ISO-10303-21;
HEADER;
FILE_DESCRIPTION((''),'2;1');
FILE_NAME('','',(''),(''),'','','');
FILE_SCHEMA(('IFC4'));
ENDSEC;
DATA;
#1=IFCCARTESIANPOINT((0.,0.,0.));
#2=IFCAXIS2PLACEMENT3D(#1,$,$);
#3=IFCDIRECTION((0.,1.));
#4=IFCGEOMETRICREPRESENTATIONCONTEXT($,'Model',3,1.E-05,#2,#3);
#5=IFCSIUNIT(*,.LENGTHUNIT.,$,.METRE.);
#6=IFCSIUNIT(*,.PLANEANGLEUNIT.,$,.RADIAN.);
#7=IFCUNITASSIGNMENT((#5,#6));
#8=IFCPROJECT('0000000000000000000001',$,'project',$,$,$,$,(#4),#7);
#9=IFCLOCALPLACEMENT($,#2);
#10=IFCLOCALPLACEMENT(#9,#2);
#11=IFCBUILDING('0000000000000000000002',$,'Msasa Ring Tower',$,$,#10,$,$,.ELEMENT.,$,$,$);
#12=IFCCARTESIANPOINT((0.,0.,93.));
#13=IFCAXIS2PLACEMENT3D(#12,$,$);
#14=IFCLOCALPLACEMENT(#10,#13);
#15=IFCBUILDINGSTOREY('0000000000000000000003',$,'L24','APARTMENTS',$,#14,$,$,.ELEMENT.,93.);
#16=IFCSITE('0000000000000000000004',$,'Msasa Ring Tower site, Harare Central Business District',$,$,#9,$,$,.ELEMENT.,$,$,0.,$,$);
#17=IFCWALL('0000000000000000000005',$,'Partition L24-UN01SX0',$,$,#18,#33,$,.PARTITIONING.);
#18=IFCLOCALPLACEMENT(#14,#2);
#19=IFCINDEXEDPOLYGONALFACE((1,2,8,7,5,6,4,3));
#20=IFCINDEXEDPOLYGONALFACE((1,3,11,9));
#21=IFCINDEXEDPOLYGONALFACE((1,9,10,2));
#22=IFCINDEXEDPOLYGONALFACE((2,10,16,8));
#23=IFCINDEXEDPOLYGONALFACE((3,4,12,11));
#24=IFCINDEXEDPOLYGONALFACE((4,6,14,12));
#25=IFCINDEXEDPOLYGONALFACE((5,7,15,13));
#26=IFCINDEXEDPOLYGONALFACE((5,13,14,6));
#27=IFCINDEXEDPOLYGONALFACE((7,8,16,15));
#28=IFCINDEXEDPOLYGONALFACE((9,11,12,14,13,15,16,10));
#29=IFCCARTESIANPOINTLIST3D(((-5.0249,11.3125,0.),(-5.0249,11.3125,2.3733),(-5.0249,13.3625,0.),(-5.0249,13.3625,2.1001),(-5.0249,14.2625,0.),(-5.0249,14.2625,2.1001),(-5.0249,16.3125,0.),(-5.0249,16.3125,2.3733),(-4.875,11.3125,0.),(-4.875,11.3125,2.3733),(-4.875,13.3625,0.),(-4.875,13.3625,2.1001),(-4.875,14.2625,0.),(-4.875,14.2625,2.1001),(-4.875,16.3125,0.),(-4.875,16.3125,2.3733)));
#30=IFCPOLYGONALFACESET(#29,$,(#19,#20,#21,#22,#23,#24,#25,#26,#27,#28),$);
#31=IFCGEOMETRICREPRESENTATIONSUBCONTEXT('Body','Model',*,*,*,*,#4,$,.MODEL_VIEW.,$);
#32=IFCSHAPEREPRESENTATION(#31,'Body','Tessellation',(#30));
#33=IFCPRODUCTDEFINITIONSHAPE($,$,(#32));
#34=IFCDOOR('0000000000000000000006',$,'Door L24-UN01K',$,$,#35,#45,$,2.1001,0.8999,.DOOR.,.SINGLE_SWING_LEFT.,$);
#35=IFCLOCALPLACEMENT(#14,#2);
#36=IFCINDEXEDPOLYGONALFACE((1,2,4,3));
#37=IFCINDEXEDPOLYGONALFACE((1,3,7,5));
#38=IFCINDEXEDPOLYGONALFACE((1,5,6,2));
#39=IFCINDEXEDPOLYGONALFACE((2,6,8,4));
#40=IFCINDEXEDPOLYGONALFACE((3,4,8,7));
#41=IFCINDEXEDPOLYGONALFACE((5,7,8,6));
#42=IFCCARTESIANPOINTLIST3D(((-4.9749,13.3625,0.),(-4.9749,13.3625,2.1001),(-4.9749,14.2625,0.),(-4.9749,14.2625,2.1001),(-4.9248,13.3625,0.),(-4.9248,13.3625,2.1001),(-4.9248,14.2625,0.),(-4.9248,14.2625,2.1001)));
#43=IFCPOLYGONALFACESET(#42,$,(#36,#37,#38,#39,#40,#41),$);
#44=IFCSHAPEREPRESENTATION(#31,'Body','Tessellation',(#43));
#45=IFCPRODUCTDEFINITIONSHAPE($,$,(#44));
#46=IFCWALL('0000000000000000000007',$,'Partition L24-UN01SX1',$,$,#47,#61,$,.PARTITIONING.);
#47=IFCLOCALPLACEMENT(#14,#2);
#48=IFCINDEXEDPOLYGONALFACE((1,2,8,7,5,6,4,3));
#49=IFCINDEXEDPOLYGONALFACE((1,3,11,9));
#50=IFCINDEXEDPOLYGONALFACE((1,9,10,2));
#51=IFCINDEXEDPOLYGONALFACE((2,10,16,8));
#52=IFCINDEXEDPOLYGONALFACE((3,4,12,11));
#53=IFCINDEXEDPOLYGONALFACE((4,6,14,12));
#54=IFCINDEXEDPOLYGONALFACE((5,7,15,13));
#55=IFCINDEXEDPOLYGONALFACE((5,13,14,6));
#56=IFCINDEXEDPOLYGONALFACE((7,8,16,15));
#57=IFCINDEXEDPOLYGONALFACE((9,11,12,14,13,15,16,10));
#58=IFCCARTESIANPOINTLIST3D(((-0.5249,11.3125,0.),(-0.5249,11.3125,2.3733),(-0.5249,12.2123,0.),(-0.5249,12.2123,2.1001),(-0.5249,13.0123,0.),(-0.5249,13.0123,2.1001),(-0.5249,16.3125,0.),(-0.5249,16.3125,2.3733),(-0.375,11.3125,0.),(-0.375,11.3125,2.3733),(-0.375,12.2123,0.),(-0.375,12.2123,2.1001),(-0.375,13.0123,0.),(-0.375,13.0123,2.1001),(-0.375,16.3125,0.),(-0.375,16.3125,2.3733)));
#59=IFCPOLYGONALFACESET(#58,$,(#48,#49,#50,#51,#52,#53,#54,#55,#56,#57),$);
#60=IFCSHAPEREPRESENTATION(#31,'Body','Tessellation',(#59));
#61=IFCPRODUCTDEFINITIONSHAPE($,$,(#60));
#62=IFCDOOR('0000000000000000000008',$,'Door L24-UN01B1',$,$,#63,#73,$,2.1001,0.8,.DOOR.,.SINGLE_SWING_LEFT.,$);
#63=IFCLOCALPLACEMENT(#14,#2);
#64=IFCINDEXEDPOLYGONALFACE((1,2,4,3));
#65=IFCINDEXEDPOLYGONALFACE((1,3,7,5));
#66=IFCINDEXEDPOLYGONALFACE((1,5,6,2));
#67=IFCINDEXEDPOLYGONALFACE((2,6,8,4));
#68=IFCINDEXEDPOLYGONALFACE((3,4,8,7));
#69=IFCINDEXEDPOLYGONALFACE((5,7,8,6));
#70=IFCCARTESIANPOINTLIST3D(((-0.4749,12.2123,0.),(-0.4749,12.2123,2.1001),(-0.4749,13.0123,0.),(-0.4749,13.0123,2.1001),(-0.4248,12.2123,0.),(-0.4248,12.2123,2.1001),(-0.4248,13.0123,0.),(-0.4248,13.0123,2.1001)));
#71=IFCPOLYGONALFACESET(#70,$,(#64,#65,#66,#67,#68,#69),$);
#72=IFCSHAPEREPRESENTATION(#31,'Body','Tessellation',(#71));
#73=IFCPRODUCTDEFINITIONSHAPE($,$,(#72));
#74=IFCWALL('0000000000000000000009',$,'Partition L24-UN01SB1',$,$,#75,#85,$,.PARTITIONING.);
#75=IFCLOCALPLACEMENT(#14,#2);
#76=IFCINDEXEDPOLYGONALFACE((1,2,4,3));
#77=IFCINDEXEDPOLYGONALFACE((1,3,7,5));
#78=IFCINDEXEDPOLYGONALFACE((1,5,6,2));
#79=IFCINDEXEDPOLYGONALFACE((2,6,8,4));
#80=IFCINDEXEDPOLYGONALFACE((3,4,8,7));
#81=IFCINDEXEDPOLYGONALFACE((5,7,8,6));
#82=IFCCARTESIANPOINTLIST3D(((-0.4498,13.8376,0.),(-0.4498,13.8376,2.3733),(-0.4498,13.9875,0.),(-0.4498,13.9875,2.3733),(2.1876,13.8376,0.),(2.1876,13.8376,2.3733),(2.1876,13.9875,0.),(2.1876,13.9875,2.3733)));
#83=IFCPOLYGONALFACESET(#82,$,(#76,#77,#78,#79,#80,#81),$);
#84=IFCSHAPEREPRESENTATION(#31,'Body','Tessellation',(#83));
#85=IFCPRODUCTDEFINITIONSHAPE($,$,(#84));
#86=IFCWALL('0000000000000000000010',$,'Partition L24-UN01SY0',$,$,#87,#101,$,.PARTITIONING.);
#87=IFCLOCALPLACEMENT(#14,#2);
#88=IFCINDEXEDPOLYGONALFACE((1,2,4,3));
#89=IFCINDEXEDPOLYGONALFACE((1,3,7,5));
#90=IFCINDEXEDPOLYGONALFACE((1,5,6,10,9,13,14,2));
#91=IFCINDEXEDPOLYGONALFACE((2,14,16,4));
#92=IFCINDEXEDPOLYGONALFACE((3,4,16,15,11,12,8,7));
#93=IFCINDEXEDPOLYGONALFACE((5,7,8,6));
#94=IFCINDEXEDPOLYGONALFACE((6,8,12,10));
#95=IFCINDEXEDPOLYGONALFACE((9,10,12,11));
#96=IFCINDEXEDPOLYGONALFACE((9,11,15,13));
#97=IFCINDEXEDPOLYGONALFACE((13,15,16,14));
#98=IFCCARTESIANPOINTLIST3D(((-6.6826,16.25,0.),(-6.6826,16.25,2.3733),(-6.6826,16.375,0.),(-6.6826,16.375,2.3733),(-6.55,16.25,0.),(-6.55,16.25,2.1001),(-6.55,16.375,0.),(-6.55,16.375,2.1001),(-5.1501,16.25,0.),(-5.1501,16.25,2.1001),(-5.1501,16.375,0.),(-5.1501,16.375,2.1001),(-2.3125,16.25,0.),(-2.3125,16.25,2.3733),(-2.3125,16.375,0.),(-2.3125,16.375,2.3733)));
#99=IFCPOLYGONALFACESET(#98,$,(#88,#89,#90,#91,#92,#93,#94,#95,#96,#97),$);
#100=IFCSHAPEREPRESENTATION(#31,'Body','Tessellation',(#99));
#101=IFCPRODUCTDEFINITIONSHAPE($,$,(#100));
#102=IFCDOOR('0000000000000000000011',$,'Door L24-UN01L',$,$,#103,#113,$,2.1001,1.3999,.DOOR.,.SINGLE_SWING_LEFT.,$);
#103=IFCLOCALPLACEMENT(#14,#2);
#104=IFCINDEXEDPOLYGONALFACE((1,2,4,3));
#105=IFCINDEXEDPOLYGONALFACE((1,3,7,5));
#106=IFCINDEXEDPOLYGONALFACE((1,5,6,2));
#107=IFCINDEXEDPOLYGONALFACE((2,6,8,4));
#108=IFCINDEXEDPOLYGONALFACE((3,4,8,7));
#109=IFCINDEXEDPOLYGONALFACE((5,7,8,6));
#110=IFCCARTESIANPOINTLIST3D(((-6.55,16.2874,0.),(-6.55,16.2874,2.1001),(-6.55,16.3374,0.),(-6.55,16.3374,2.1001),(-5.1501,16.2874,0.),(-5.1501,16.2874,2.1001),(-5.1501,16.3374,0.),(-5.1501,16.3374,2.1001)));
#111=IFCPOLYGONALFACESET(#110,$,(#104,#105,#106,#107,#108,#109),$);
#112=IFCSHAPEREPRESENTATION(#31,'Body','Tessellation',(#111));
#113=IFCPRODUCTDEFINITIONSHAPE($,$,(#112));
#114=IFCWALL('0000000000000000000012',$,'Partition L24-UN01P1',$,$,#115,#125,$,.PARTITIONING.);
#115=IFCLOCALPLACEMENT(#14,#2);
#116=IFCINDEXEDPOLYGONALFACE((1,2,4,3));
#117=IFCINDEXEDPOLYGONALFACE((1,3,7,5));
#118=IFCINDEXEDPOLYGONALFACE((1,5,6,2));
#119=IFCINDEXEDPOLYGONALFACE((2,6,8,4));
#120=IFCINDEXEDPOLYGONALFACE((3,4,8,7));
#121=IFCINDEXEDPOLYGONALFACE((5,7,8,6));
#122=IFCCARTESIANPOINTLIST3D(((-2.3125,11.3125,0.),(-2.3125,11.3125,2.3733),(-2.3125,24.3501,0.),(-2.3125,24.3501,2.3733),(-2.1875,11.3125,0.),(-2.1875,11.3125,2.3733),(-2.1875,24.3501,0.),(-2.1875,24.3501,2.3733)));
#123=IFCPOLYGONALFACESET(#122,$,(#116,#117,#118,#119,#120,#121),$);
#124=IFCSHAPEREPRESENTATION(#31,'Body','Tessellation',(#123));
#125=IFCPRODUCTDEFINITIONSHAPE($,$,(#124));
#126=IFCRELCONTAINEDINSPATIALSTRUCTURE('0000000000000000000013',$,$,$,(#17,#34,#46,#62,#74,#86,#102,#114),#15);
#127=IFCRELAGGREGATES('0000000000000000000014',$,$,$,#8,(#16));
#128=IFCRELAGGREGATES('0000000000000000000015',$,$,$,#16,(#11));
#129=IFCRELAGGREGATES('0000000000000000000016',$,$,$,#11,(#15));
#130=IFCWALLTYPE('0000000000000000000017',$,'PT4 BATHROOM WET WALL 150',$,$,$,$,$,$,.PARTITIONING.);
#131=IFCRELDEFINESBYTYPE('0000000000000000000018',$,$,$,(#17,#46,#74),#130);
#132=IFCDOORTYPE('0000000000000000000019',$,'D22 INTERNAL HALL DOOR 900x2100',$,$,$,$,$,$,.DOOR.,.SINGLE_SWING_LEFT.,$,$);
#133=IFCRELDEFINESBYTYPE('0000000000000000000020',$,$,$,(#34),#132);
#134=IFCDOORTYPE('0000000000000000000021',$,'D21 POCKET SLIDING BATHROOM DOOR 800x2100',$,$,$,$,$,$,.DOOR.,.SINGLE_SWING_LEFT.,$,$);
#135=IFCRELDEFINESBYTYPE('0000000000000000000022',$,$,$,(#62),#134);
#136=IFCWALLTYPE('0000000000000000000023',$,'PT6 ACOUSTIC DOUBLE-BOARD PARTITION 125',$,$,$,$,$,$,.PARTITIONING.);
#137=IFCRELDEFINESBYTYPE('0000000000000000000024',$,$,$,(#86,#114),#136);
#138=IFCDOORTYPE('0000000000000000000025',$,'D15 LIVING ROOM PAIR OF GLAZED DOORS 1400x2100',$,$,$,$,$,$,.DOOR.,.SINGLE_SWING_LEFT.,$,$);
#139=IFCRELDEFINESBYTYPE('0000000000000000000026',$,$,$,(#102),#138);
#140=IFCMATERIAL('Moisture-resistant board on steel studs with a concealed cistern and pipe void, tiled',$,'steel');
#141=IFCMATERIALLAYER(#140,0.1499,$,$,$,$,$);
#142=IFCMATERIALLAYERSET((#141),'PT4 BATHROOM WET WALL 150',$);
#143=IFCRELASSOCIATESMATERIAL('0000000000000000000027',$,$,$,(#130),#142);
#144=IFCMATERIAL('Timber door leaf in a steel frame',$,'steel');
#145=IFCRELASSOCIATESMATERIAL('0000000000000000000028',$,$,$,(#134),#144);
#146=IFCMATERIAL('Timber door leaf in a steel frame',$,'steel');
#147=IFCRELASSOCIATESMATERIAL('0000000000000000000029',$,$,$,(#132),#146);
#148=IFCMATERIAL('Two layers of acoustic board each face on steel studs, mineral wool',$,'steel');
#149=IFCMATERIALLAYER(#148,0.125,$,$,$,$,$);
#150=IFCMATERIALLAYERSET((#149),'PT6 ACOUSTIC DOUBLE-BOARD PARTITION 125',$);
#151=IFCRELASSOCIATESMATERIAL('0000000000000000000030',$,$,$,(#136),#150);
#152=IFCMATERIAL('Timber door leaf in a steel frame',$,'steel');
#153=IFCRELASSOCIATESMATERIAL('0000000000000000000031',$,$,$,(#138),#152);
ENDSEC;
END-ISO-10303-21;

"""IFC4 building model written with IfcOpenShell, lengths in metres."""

from ifc_helpers import new_model, si_unit, direction, frame, frame_2d, origin, place, context, subcontext, project, spatial, rectangle, extrude, material, layer, layer_set, type_object, element, fill, save


model = new_model("IFC4")

# Units and contexts
model_context = context("Model", 3, precision=1e-05, world=origin(), true_north=direction((0.0, 1.0)))
body_context = subcontext(model_context, "Body", "Model", "MODEL_VIEW")
ifc_project = project(units=[si_unit("LENGTHUNIT", "METRE"), si_unit("PLANEANGLEUNIT", "RADIAN")], contexts=[model_context])

# Site, building, storey
site_placement = place(None, origin())
site = spatial("IfcSite", under=ifc_project, at=site_placement, Name="Msasa Ring Tower site, Harare Central Business District", CompositionType="ELEMENT", RefElevation=0.0)
building_placement = place(site_placement, origin())
building = spatial("IfcBuilding", under=site, at=building_placement, Name="Msasa Ring Tower", CompositionType="ELEMENT")
storey_placement = place(building_placement, frame((0.0, 0.0, 93.0)))
storey = spatial("IfcBuildingStorey", under=building, at=storey_placement, Name="L24", Description="APARTMENTS", CompositionType="ELEMENT", Elevation=93.0)

# Shared definitions
ifc_material_1 = material(Name="Moisture-resistant board on steel studs with a concealed cistern and pipe void, tiled", Category="steel")
ifc_layer_1 = layer(ifc_material_1, 0.1499)
ifc_layer_set_1 = layer_set([ifc_layer_1], Name="PT4 BATHROOM WET WALL 150")
wall_type_1 = type_object("IfcWallType", Name="PT4 BATHROOM WET WALL 150", PredefinedType="PARTITIONING", material=ifc_layer_set_1)
ifc_material_2 = material(Name="Timber door leaf in a steel frame", Category="steel")
door_type_1 = type_object("IfcDoorType", Name="D21 POCKET SLIDING BATHROOM DOOR 800x2100", OperationType="SINGLE_SWING_LEFT", PredefinedType="DOOR", material=ifc_material_2)

# Walls, openings, doors
wall_1_placement = place(storey_placement, frame((-4.95, 11.3125, 0.0), z_axis=(0.0, 0.0, 1.0), x_axis=(0.0, 1.0, 0.0)))
wall_1 = element("IfcWall", 1, at=wall_1_placement, inside=storey, type_object=wall_type_1, Name="Partition L24-UN01SX0", PredefinedType="PARTITIONING", context=body_context, shape_type="SweptSolid", body=[
    extrude(rectangle(XDim=5.0, YDim=0.1499, at=frame_2d((2.5, 0.0))), origin(), (0.0, 0.0, 1.0), 2.3733),
])
opening_1_placement = place(wall_1_placement, frame((2.05, 0.0, 0.0)))
opening_1 = element("IfcOpeningElement", 2, at=opening_1_placement, cuts=wall_1, PredefinedType="OPENING", context=body_context, shape_type="SweptSolid", body=[
    extrude(rectangle(XDim=0.8999, YDim=2.1001, at=frame_2d((0.45, 1.05))), frame((0.0, 0.085, 0.0), z_axis=(0.0, -1.0, 0.0), x_axis=(1.0, 0.0, 0.0)), (0.0, 0.0, 1.0), 0.1699),
])
ifc_material_3 = material(Name="Timber door leaf in a steel frame", Category="steel")
door_type_2 = type_object("IfcDoorType", Name="D22 INTERNAL HALL DOOR 900x2100", OperationType="SINGLE_SWING_LEFT", PredefinedType="DOOR", material=ifc_material_3)
door_1_placement = place(opening_1_placement, origin())
door_1 = element("IfcDoor", 3, at=door_1_placement, inside=storey, type_object=door_type_2, Name="Door L24-UN01K", OperationType="SINGLE_SWING_LEFT", OverallHeight=2.1001, OverallWidth=0.8999, PredefinedType="DOOR", context=body_context, shape_type="SweptSolid", body=[
    extrude(rectangle(XDim=0.8999, YDim=2.1001, at=frame_2d((0.45, 1.05))), frame((0.0, 0.0249, 0.0), z_axis=(0.0, -1.0, 0.0), x_axis=(1.0, 0.0, 0.0)), (0.0, 0.0, 1.0), 0.05),
])
fill(opening_1, door_1)
wall_2_placement = place(storey_placement, frame((-0.45, 11.3125, 0.0), z_axis=(0.0, 0.0, 1.0), x_axis=(0.0, 1.0, 0.0)))
wall_2 = element("IfcWall", 4, at=wall_2_placement, inside=storey, type_object=wall_type_1, Name="Partition L24-UN01SX1", PredefinedType="PARTITIONING", context=body_context, shape_type="SweptSolid", body=[
    extrude(rectangle(XDim=5.0, YDim=0.1499, at=frame_2d((2.5, 0.0))), origin(), (0.0, 0.0, 1.0), 2.3733),
])
opening_2_placement = place(wall_2_placement, frame((0.8999, 0.0, 0.0)))
opening_2 = element("IfcOpeningElement", 5, at=opening_2_placement, cuts=wall_2, PredefinedType="OPENING", context=body_context, shape_type="SweptSolid", body=[
    extrude(rectangle(XDim=0.8, YDim=2.1001, at=frame_2d((0.3999, 1.05))), frame((0.0, 0.085, 0.0), z_axis=(0.0, -1.0, 0.0), x_axis=(1.0, 0.0, 0.0)), (0.0, 0.0, 1.0), 0.1699),
])
door_2_placement = place(opening_2_placement, origin())
door_2 = element("IfcDoor", 6, at=door_2_placement, inside=storey, type_object=door_type_1, Name="Door L24-UN01B1", OperationType="SINGLE_SWING_LEFT", OverallHeight=2.1001, OverallWidth=0.8, PredefinedType="DOOR", context=body_context, shape_type="SweptSolid", body=[
    extrude(rectangle(XDim=0.8, YDim=2.1001, at=frame_2d((0.3999, 1.05))), frame((0.0, 0.0249, 0.0), z_axis=(0.0, -1.0, 0.0), x_axis=(1.0, 0.0, 0.0)), (0.0, 0.0, 1.0), 0.05),
])
fill(opening_2, door_2)

# Wall
wall_3_placement = place(storey_placement, frame((-0.45, 13.9126, 0.0), z_axis=(0.0, 0.0, 1.0), x_axis=(1.0, 0.0, 0.0)))
element("IfcWall", 7, at=wall_3_placement, inside=storey, type_object=wall_type_1, Name="Partition L24-UN01SB1", PredefinedType="PARTITIONING", context=body_context, shape_type="SweptSolid", body=[
    extrude(rectangle(XDim=2.6375, YDim=0.1499, at=frame_2d((1.3188, 0.0))), origin(), (0.0, 0.0, 1.0), 2.3733),
])

# Wall, opening, door
ifc_material_4 = material(Name="Two layers of acoustic board each face on steel studs, mineral wool", Category="steel")
ifc_layer_2 = layer(ifc_material_4, 0.125)
ifc_layer_set_2 = layer_set([ifc_layer_2], Name="PT6 ACOUSTIC DOUBLE-BOARD PARTITION 125")
wall_type_2 = type_object("IfcWallType", Name="PT6 ACOUSTIC DOUBLE-BOARD PARTITION 125", PredefinedType="PARTITIONING", material=ifc_layer_set_2)
wall_4_placement = place(storey_placement, frame((-6.6826, 16.3125, 0.0), z_axis=(0.0, 0.0, 1.0), x_axis=(1.0, 0.0, 0.0)))
wall_4 = element("IfcWall", 8, at=wall_4_placement, inside=storey, type_object=wall_type_2, Name="Partition L24-UN01SY0", PredefinedType="PARTITIONING", context=body_context, shape_type="SweptSolid", body=[
    extrude(rectangle(XDim=4.3701, YDim=0.125, at=frame_2d((2.1851, 0.0))), origin(), (0.0, 0.0, 1.0), 2.3733),
])
opening_3_placement = place(wall_4_placement, frame((0.1326, 0.0, 0.0)))
opening_3 = element("IfcOpeningElement", 9, at=opening_3_placement, cuts=wall_4, PredefinedType="OPENING", context=body_context, shape_type="SweptSolid", body=[
    extrude(rectangle(XDim=1.3999, YDim=2.1001, at=frame_2d((0.7, 1.05))), frame((0.0, 0.0725, 0.0), z_axis=(0.0, -1.0, 0.0), x_axis=(1.0, 0.0, 0.0)), (0.0, 0.0, 1.0), 0.145),
])
ifc_material_5 = material(Name="Timber door leaf in a steel frame", Category="steel")
door_type_3 = type_object("IfcDoorType", Name="D15 LIVING ROOM PAIR OF GLAZED DOORS 1400x2100", OperationType="SINGLE_SWING_LEFT", PredefinedType="DOOR", material=ifc_material_5)
door_3_placement = place(opening_3_placement, origin())
door_3 = element("IfcDoor", 10, at=door_3_placement, inside=storey, type_object=door_type_3, Name="Door L24-UN01L", OperationType="SINGLE_SWING_LEFT", OverallHeight=2.1001, OverallWidth=1.3999, PredefinedType="DOOR", context=body_context, shape_type="SweptSolid", body=[
    extrude(rectangle(XDim=1.3999, YDim=2.1001, at=frame_2d((0.7, 1.05))), frame((0.0, 0.0249, 0.0), z_axis=(0.0, -1.0, 0.0), x_axis=(1.0, 0.0, 0.0)), (0.0, 0.0, 1.0), 0.05),
])
fill(opening_3, door_3)

# Wall
wall_5_placement = place(storey_placement, frame((-2.25, 11.3125, 0.0), z_axis=(0.0, 0.0, 1.0), x_axis=(0.0, 1.0, 0.0)))
element("IfcWall", 11, at=wall_5_placement, inside=storey, type_object=wall_type_2, Name="Partition L24-UN01P1", PredefinedType="PARTITIONING", context=body_context, shape_type="SweptSolid", body=[
    extrude(rectangle(XDim=13.0376, YDim=0.125, at=frame_2d((6.5188, 0.0))), origin(), (0.0, 0.0, 1.0), 2.3733),
])

save(model, "model.ifc")
